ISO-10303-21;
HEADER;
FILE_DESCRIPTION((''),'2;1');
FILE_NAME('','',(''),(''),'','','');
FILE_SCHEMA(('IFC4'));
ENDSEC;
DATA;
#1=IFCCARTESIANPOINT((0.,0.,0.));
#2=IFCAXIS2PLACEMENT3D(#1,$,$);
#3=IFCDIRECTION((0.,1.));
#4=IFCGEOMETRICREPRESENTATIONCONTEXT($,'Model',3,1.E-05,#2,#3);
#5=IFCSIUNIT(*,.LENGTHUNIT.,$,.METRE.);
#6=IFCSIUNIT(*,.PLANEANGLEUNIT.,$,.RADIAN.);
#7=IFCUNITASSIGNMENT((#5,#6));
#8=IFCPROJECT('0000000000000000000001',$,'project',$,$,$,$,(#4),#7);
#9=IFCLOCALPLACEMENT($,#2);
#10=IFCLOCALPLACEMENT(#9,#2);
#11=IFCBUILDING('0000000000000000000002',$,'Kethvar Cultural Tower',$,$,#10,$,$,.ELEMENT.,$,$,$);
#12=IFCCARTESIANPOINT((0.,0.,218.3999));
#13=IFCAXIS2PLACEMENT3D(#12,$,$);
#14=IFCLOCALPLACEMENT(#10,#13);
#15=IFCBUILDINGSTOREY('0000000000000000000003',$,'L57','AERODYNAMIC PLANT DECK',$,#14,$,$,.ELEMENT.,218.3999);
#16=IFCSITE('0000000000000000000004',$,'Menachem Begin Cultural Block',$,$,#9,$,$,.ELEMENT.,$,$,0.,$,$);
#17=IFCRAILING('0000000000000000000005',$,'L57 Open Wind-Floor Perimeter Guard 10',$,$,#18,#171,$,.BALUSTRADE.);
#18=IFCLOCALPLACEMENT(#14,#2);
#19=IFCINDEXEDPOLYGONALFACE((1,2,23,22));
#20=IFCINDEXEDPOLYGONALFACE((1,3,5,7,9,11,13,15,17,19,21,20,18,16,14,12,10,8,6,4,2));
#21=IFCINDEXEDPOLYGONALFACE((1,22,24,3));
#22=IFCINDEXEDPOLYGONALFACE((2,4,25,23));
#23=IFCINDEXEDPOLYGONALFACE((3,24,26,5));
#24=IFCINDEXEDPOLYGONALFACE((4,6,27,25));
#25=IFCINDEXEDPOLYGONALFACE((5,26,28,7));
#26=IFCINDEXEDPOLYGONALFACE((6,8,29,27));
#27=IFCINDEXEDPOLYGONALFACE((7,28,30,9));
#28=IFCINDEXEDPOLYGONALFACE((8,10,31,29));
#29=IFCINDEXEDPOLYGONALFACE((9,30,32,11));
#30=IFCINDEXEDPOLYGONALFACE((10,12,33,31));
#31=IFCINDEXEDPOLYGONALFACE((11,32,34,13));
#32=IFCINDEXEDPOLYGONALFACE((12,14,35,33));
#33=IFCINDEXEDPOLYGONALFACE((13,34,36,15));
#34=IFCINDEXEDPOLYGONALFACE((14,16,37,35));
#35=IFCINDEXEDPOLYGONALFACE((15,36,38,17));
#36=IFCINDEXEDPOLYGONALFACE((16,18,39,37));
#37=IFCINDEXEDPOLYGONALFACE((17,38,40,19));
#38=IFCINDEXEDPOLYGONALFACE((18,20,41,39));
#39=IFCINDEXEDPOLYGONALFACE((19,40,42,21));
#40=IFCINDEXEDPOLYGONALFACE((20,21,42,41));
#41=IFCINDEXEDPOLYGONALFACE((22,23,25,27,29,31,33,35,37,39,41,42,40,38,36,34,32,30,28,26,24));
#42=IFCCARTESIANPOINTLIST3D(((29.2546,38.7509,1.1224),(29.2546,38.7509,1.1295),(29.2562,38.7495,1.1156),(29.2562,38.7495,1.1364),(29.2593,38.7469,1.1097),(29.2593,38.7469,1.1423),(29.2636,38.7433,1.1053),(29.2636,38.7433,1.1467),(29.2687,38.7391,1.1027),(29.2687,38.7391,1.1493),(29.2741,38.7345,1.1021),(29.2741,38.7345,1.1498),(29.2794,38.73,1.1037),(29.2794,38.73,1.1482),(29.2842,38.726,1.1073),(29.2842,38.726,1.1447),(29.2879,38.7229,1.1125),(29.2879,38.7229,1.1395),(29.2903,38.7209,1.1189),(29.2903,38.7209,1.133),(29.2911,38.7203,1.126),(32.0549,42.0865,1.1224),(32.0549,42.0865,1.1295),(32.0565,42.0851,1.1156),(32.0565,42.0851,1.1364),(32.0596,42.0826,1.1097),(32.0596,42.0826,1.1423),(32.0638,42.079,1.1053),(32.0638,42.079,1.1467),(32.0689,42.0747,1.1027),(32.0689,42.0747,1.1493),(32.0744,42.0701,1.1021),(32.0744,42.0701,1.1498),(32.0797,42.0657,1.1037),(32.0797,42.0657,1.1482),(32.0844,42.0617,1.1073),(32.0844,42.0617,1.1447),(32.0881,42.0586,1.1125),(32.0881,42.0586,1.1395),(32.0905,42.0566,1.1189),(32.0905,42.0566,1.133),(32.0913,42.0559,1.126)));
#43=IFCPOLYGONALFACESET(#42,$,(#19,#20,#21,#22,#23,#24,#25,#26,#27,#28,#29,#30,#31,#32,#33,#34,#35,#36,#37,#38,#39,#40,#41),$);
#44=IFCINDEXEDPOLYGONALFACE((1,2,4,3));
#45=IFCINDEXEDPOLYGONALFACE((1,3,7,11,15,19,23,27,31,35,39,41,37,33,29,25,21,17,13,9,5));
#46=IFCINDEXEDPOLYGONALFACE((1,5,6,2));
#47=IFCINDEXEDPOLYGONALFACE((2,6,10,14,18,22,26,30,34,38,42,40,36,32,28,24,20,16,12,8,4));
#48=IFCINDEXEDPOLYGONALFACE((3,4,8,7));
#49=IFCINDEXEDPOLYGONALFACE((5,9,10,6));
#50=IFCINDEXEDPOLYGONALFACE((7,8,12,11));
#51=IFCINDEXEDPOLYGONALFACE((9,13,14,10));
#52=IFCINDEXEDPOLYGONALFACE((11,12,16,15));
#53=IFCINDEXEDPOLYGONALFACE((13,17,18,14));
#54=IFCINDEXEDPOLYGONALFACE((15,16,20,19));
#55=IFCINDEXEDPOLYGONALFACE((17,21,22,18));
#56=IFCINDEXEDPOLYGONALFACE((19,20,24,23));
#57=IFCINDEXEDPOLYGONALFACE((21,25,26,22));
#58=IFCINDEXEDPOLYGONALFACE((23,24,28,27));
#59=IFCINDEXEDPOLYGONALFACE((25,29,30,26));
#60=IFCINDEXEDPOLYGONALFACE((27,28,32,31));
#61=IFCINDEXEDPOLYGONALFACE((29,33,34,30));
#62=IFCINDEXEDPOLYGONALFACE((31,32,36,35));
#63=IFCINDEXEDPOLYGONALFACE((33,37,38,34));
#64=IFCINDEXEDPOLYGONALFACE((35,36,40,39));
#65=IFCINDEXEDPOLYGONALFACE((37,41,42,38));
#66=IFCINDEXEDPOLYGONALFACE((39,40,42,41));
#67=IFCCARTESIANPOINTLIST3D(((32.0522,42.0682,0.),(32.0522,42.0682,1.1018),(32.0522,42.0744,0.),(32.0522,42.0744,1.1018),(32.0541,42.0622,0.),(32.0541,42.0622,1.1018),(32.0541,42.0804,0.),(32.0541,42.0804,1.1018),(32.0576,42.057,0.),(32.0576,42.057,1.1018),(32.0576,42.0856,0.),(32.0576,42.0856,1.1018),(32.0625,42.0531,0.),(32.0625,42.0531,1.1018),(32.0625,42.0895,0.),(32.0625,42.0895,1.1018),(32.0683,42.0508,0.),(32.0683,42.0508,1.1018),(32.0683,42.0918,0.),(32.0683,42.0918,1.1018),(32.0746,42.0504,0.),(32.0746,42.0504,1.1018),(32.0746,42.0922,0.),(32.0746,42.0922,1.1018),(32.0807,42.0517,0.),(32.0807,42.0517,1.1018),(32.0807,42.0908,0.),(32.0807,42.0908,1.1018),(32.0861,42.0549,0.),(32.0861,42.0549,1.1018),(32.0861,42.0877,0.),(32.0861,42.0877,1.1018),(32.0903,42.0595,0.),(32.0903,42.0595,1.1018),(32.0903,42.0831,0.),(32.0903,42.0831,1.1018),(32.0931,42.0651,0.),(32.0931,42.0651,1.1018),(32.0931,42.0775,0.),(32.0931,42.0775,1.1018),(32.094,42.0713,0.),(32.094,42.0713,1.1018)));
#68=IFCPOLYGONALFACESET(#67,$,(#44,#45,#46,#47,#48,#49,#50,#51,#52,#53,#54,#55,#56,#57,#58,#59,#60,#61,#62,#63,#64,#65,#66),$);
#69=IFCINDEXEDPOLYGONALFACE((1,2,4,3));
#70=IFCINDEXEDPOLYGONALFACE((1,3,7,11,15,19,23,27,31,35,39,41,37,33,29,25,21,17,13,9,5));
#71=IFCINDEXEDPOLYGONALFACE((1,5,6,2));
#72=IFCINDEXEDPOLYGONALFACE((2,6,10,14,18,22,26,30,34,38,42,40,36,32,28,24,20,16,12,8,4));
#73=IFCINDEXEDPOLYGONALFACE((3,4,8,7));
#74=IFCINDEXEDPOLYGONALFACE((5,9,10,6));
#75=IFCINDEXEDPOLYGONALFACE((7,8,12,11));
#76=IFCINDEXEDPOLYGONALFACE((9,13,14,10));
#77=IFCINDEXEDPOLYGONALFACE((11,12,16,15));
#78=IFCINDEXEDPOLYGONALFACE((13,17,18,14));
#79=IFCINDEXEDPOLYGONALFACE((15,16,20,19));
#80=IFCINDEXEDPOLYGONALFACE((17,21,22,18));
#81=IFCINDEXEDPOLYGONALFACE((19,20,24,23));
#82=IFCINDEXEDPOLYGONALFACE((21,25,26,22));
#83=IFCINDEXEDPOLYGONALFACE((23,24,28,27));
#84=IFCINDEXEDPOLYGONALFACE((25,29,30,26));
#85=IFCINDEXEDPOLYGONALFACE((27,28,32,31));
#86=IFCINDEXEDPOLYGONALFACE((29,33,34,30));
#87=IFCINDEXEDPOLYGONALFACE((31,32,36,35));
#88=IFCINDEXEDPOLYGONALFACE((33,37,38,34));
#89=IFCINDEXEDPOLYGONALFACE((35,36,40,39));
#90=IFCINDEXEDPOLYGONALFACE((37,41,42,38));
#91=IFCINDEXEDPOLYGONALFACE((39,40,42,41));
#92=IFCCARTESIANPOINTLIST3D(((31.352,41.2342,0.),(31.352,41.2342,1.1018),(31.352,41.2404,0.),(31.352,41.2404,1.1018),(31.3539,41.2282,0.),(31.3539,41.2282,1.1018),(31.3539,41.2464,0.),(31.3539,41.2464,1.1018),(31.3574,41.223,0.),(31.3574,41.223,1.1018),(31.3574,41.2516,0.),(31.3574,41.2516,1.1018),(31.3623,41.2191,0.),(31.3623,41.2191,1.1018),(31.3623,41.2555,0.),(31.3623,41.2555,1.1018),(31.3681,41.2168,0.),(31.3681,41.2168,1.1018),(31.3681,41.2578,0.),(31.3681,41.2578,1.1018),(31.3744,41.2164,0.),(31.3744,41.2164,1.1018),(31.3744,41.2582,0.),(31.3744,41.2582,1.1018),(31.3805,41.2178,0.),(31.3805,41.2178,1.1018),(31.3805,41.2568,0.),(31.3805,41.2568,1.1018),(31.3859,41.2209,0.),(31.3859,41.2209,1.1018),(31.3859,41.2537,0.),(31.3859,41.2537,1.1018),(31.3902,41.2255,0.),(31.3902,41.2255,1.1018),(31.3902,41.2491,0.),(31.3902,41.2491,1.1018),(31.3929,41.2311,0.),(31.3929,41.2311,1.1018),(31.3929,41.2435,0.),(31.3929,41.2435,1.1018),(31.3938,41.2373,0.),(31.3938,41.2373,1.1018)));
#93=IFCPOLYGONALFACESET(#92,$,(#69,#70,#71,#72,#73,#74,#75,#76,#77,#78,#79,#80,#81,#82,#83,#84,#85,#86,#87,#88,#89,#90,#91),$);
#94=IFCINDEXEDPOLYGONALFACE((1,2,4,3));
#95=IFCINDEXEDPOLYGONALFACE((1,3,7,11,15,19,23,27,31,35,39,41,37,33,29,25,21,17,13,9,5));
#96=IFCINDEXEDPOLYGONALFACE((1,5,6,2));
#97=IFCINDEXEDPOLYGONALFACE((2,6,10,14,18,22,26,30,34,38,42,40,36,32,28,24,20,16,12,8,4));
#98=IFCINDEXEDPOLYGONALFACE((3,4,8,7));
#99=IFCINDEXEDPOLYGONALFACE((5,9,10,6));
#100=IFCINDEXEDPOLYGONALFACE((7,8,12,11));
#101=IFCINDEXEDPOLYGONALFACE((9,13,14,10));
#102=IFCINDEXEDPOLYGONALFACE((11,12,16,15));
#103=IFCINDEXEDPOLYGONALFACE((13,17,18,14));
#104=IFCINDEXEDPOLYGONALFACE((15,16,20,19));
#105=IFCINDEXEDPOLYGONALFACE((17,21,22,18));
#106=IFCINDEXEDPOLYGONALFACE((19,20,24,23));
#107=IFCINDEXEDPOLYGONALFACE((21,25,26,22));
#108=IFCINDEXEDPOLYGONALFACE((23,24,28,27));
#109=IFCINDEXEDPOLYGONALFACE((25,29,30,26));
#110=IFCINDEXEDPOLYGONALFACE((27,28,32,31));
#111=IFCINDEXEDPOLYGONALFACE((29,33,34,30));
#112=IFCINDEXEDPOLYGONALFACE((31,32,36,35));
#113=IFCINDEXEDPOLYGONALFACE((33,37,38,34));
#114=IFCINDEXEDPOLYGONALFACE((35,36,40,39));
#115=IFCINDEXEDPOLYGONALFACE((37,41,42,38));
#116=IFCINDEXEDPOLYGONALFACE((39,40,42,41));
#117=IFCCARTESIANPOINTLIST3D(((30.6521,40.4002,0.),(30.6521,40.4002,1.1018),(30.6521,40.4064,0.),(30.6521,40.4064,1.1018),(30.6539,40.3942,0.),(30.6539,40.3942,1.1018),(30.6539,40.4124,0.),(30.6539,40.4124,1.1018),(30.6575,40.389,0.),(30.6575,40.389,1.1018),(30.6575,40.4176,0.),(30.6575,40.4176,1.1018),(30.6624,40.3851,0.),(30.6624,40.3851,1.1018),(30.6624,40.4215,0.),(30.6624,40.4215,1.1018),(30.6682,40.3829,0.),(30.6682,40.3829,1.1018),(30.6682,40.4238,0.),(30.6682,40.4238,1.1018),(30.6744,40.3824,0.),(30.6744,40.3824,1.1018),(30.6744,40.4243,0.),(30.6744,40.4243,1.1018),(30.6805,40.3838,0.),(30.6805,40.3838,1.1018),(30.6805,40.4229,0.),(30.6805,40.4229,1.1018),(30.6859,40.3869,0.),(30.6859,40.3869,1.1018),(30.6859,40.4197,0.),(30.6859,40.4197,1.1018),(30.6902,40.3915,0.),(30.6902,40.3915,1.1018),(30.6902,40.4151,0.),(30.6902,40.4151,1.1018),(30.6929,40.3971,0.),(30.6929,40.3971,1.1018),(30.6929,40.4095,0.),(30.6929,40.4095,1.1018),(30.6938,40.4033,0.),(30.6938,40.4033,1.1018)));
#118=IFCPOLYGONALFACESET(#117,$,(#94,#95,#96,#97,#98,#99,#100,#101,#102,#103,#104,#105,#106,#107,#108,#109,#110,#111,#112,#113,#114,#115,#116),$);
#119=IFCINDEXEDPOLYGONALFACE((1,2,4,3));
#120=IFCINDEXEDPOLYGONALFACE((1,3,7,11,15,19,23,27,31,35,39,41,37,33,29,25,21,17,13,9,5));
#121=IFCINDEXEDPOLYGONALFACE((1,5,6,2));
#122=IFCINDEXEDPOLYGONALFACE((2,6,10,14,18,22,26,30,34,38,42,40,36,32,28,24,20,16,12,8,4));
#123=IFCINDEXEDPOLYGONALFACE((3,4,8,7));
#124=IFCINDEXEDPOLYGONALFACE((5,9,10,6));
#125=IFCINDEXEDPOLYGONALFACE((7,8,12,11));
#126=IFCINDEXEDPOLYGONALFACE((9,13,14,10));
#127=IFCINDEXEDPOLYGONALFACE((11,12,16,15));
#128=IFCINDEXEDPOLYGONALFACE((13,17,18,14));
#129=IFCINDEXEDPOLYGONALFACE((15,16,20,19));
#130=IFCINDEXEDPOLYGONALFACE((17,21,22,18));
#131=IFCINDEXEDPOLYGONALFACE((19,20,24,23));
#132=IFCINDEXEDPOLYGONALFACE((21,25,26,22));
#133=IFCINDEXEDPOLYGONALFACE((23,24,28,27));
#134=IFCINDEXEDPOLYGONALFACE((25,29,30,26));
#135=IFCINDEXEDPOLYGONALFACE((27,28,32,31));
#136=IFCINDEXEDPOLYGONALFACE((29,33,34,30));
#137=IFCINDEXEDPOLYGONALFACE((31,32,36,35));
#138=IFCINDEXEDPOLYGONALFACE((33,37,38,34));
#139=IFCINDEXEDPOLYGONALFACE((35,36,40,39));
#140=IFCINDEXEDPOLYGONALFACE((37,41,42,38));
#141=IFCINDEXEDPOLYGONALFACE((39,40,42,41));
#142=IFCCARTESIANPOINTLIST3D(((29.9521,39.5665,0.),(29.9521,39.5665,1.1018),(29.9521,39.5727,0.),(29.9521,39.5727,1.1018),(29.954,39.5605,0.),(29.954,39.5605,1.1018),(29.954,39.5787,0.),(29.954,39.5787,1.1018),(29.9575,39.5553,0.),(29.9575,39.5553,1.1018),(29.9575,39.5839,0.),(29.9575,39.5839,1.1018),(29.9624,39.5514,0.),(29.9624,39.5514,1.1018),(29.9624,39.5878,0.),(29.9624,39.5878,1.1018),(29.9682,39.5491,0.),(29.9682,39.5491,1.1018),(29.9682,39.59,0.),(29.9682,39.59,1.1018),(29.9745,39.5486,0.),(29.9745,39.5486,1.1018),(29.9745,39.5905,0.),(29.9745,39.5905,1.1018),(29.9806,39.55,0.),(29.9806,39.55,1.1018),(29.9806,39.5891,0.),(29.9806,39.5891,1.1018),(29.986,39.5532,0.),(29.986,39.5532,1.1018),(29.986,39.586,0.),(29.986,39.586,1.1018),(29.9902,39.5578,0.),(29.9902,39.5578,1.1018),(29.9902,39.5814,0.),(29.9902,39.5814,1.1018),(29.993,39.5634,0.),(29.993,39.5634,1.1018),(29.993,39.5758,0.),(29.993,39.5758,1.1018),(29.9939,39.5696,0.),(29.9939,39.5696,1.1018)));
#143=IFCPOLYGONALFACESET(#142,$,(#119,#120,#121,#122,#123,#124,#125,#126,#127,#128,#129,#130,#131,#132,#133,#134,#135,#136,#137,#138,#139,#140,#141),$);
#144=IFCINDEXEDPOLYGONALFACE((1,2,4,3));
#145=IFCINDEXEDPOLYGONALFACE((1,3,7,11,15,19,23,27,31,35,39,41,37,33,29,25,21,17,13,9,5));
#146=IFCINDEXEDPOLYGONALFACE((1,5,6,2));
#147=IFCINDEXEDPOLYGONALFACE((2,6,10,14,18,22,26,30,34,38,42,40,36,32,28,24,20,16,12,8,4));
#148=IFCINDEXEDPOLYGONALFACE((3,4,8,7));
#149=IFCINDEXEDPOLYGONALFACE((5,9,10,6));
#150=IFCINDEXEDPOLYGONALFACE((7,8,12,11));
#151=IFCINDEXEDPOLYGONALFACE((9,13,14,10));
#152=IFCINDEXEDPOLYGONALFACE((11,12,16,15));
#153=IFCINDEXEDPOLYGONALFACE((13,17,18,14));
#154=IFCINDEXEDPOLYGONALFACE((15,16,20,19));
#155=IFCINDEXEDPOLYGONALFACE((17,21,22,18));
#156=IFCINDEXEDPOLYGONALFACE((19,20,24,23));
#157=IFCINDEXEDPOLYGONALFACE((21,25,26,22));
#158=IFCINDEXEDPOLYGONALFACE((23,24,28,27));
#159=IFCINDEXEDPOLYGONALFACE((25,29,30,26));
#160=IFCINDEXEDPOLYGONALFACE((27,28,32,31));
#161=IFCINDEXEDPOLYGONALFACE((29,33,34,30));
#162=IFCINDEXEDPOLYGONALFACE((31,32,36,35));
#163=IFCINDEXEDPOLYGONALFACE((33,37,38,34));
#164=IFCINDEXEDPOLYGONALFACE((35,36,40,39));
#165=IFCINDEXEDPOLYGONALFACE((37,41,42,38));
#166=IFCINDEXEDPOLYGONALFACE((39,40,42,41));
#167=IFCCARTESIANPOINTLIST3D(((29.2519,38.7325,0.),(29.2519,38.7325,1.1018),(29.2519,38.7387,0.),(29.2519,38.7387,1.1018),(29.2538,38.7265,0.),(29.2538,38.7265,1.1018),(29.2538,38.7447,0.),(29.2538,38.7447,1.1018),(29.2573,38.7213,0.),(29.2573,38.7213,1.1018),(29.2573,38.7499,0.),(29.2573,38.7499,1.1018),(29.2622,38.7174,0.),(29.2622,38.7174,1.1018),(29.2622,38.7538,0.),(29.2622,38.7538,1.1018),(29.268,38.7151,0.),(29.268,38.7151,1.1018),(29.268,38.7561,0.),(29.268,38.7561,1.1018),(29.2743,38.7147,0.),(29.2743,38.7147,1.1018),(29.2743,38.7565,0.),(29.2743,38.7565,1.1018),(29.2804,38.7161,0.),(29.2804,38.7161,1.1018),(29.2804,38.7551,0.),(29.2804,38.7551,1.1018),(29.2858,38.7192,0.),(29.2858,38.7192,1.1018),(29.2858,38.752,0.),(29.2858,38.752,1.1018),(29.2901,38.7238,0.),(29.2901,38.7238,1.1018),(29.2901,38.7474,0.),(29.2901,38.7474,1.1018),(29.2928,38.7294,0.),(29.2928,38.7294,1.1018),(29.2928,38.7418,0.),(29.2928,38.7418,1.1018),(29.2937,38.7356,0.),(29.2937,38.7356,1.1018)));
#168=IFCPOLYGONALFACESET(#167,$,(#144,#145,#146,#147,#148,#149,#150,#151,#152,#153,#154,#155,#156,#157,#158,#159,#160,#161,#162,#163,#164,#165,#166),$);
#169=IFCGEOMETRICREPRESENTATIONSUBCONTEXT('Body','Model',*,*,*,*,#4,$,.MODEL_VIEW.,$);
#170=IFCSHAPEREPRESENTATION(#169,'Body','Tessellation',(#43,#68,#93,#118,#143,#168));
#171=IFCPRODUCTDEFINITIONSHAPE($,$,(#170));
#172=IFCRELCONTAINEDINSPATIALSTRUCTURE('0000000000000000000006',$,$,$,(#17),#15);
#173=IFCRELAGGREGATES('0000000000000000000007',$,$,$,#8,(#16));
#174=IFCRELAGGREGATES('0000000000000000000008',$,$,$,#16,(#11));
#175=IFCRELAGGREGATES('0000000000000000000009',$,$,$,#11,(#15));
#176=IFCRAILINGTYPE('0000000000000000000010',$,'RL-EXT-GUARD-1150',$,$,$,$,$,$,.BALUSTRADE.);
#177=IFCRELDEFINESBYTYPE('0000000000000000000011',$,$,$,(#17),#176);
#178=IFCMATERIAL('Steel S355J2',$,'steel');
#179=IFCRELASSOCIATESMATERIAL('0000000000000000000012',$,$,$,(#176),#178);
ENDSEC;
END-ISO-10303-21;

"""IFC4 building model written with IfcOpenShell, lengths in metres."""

from ifc_helpers import new_model, si_unit, direction, frame, origin, origin_2d, place, context, subcontext, project, spatial, circle, extrude, material, type_object, element, save


model = new_model("IFC4")

# Units and contexts
model_context = context("Model", 3, precision=1e-05, world=origin(), true_north=direction((0.0, 1.0)))
body_context = subcontext(model_context, "Body", "Model", "MODEL_VIEW")
ifc_project = project(units=[si_unit("LENGTHUNIT", "METRE"), si_unit("PLANEANGLEUNIT", "RADIAN")], contexts=[model_context])

# Site, building, storey
site_placement = place(None, origin())
site = spatial("IfcSite", under=ifc_project, at=site_placement, Name="Menachem Begin Cultural Block", CompositionType="ELEMENT", RefElevation=0.0)
building_placement = place(site_placement, origin())
building = spatial("IfcBuilding", under=site, at=building_placement, Name="Kethvar Cultural Tower", CompositionType="ELEMENT")
storey_placement = place(building_placement, frame((0.0, 0.0, 218.3999)))
storey = spatial("IfcBuildingStorey", under=building, at=storey_placement, Name="L57", Description="AERODYNAMIC PLANT DECK", CompositionType="ELEMENT", Elevation=218.3999)

# Shared definitions
ifc_material_1 = material(Name="Steel S355J2", Category="steel")

# Railing
railing_type = type_object("IfcRailingType", Name="RL-EXT-GUARD-1150", PredefinedType="BALUSTRADE", material=ifc_material_1)
railing_1_placement = place(storey_placement, frame((32.073, 42.0713, 0.0)))
element("IfcRailing", 1, at=railing_1_placement, inside=storey, type_object=railing_type, Name="L57 Open Wind-Floor Perimeter Guard 10", PredefinedType="BALUSTRADE", context=body_context, shape_type="SweptSolid", body=[
    extrude(circle(Radius=0.0239, at=origin_2d()), frame((0.0, 0.0, 1.126), z_axis=(-0.642965, -0.765896, 0.0), x_axis=(0.765896, -0.642965, 0.0)), (0.0, 0.0, 1.0), 4.3552),
    extrude(circle(Radius=0.021, at=origin_2d()), origin(), (0.0, 0.0, 1.0), 1.1018),
    extrude(circle(Radius=0.021, at=origin_2d()), frame((-0.7002, -0.834, 0.0)), (0.0, 0.0, 1.0), 1.1018),
    extrude(circle(Radius=0.021, at=origin_2d()), frame((-1.4001, -1.668, 0.0)), (0.0, 0.0, 1.0), 1.1018),
    extrude(circle(Radius=0.021, at=origin_2d()), frame((-2.1001, -2.5017, 0.0)), (0.0, 0.0, 1.0), 1.1018),
    extrude(circle(Radius=0.021, at=origin_2d()), frame((-2.8003, -3.3357, 0.0)), (0.0, 0.0, 1.0), 1.1018),
])

save(model, "model.ifc")
